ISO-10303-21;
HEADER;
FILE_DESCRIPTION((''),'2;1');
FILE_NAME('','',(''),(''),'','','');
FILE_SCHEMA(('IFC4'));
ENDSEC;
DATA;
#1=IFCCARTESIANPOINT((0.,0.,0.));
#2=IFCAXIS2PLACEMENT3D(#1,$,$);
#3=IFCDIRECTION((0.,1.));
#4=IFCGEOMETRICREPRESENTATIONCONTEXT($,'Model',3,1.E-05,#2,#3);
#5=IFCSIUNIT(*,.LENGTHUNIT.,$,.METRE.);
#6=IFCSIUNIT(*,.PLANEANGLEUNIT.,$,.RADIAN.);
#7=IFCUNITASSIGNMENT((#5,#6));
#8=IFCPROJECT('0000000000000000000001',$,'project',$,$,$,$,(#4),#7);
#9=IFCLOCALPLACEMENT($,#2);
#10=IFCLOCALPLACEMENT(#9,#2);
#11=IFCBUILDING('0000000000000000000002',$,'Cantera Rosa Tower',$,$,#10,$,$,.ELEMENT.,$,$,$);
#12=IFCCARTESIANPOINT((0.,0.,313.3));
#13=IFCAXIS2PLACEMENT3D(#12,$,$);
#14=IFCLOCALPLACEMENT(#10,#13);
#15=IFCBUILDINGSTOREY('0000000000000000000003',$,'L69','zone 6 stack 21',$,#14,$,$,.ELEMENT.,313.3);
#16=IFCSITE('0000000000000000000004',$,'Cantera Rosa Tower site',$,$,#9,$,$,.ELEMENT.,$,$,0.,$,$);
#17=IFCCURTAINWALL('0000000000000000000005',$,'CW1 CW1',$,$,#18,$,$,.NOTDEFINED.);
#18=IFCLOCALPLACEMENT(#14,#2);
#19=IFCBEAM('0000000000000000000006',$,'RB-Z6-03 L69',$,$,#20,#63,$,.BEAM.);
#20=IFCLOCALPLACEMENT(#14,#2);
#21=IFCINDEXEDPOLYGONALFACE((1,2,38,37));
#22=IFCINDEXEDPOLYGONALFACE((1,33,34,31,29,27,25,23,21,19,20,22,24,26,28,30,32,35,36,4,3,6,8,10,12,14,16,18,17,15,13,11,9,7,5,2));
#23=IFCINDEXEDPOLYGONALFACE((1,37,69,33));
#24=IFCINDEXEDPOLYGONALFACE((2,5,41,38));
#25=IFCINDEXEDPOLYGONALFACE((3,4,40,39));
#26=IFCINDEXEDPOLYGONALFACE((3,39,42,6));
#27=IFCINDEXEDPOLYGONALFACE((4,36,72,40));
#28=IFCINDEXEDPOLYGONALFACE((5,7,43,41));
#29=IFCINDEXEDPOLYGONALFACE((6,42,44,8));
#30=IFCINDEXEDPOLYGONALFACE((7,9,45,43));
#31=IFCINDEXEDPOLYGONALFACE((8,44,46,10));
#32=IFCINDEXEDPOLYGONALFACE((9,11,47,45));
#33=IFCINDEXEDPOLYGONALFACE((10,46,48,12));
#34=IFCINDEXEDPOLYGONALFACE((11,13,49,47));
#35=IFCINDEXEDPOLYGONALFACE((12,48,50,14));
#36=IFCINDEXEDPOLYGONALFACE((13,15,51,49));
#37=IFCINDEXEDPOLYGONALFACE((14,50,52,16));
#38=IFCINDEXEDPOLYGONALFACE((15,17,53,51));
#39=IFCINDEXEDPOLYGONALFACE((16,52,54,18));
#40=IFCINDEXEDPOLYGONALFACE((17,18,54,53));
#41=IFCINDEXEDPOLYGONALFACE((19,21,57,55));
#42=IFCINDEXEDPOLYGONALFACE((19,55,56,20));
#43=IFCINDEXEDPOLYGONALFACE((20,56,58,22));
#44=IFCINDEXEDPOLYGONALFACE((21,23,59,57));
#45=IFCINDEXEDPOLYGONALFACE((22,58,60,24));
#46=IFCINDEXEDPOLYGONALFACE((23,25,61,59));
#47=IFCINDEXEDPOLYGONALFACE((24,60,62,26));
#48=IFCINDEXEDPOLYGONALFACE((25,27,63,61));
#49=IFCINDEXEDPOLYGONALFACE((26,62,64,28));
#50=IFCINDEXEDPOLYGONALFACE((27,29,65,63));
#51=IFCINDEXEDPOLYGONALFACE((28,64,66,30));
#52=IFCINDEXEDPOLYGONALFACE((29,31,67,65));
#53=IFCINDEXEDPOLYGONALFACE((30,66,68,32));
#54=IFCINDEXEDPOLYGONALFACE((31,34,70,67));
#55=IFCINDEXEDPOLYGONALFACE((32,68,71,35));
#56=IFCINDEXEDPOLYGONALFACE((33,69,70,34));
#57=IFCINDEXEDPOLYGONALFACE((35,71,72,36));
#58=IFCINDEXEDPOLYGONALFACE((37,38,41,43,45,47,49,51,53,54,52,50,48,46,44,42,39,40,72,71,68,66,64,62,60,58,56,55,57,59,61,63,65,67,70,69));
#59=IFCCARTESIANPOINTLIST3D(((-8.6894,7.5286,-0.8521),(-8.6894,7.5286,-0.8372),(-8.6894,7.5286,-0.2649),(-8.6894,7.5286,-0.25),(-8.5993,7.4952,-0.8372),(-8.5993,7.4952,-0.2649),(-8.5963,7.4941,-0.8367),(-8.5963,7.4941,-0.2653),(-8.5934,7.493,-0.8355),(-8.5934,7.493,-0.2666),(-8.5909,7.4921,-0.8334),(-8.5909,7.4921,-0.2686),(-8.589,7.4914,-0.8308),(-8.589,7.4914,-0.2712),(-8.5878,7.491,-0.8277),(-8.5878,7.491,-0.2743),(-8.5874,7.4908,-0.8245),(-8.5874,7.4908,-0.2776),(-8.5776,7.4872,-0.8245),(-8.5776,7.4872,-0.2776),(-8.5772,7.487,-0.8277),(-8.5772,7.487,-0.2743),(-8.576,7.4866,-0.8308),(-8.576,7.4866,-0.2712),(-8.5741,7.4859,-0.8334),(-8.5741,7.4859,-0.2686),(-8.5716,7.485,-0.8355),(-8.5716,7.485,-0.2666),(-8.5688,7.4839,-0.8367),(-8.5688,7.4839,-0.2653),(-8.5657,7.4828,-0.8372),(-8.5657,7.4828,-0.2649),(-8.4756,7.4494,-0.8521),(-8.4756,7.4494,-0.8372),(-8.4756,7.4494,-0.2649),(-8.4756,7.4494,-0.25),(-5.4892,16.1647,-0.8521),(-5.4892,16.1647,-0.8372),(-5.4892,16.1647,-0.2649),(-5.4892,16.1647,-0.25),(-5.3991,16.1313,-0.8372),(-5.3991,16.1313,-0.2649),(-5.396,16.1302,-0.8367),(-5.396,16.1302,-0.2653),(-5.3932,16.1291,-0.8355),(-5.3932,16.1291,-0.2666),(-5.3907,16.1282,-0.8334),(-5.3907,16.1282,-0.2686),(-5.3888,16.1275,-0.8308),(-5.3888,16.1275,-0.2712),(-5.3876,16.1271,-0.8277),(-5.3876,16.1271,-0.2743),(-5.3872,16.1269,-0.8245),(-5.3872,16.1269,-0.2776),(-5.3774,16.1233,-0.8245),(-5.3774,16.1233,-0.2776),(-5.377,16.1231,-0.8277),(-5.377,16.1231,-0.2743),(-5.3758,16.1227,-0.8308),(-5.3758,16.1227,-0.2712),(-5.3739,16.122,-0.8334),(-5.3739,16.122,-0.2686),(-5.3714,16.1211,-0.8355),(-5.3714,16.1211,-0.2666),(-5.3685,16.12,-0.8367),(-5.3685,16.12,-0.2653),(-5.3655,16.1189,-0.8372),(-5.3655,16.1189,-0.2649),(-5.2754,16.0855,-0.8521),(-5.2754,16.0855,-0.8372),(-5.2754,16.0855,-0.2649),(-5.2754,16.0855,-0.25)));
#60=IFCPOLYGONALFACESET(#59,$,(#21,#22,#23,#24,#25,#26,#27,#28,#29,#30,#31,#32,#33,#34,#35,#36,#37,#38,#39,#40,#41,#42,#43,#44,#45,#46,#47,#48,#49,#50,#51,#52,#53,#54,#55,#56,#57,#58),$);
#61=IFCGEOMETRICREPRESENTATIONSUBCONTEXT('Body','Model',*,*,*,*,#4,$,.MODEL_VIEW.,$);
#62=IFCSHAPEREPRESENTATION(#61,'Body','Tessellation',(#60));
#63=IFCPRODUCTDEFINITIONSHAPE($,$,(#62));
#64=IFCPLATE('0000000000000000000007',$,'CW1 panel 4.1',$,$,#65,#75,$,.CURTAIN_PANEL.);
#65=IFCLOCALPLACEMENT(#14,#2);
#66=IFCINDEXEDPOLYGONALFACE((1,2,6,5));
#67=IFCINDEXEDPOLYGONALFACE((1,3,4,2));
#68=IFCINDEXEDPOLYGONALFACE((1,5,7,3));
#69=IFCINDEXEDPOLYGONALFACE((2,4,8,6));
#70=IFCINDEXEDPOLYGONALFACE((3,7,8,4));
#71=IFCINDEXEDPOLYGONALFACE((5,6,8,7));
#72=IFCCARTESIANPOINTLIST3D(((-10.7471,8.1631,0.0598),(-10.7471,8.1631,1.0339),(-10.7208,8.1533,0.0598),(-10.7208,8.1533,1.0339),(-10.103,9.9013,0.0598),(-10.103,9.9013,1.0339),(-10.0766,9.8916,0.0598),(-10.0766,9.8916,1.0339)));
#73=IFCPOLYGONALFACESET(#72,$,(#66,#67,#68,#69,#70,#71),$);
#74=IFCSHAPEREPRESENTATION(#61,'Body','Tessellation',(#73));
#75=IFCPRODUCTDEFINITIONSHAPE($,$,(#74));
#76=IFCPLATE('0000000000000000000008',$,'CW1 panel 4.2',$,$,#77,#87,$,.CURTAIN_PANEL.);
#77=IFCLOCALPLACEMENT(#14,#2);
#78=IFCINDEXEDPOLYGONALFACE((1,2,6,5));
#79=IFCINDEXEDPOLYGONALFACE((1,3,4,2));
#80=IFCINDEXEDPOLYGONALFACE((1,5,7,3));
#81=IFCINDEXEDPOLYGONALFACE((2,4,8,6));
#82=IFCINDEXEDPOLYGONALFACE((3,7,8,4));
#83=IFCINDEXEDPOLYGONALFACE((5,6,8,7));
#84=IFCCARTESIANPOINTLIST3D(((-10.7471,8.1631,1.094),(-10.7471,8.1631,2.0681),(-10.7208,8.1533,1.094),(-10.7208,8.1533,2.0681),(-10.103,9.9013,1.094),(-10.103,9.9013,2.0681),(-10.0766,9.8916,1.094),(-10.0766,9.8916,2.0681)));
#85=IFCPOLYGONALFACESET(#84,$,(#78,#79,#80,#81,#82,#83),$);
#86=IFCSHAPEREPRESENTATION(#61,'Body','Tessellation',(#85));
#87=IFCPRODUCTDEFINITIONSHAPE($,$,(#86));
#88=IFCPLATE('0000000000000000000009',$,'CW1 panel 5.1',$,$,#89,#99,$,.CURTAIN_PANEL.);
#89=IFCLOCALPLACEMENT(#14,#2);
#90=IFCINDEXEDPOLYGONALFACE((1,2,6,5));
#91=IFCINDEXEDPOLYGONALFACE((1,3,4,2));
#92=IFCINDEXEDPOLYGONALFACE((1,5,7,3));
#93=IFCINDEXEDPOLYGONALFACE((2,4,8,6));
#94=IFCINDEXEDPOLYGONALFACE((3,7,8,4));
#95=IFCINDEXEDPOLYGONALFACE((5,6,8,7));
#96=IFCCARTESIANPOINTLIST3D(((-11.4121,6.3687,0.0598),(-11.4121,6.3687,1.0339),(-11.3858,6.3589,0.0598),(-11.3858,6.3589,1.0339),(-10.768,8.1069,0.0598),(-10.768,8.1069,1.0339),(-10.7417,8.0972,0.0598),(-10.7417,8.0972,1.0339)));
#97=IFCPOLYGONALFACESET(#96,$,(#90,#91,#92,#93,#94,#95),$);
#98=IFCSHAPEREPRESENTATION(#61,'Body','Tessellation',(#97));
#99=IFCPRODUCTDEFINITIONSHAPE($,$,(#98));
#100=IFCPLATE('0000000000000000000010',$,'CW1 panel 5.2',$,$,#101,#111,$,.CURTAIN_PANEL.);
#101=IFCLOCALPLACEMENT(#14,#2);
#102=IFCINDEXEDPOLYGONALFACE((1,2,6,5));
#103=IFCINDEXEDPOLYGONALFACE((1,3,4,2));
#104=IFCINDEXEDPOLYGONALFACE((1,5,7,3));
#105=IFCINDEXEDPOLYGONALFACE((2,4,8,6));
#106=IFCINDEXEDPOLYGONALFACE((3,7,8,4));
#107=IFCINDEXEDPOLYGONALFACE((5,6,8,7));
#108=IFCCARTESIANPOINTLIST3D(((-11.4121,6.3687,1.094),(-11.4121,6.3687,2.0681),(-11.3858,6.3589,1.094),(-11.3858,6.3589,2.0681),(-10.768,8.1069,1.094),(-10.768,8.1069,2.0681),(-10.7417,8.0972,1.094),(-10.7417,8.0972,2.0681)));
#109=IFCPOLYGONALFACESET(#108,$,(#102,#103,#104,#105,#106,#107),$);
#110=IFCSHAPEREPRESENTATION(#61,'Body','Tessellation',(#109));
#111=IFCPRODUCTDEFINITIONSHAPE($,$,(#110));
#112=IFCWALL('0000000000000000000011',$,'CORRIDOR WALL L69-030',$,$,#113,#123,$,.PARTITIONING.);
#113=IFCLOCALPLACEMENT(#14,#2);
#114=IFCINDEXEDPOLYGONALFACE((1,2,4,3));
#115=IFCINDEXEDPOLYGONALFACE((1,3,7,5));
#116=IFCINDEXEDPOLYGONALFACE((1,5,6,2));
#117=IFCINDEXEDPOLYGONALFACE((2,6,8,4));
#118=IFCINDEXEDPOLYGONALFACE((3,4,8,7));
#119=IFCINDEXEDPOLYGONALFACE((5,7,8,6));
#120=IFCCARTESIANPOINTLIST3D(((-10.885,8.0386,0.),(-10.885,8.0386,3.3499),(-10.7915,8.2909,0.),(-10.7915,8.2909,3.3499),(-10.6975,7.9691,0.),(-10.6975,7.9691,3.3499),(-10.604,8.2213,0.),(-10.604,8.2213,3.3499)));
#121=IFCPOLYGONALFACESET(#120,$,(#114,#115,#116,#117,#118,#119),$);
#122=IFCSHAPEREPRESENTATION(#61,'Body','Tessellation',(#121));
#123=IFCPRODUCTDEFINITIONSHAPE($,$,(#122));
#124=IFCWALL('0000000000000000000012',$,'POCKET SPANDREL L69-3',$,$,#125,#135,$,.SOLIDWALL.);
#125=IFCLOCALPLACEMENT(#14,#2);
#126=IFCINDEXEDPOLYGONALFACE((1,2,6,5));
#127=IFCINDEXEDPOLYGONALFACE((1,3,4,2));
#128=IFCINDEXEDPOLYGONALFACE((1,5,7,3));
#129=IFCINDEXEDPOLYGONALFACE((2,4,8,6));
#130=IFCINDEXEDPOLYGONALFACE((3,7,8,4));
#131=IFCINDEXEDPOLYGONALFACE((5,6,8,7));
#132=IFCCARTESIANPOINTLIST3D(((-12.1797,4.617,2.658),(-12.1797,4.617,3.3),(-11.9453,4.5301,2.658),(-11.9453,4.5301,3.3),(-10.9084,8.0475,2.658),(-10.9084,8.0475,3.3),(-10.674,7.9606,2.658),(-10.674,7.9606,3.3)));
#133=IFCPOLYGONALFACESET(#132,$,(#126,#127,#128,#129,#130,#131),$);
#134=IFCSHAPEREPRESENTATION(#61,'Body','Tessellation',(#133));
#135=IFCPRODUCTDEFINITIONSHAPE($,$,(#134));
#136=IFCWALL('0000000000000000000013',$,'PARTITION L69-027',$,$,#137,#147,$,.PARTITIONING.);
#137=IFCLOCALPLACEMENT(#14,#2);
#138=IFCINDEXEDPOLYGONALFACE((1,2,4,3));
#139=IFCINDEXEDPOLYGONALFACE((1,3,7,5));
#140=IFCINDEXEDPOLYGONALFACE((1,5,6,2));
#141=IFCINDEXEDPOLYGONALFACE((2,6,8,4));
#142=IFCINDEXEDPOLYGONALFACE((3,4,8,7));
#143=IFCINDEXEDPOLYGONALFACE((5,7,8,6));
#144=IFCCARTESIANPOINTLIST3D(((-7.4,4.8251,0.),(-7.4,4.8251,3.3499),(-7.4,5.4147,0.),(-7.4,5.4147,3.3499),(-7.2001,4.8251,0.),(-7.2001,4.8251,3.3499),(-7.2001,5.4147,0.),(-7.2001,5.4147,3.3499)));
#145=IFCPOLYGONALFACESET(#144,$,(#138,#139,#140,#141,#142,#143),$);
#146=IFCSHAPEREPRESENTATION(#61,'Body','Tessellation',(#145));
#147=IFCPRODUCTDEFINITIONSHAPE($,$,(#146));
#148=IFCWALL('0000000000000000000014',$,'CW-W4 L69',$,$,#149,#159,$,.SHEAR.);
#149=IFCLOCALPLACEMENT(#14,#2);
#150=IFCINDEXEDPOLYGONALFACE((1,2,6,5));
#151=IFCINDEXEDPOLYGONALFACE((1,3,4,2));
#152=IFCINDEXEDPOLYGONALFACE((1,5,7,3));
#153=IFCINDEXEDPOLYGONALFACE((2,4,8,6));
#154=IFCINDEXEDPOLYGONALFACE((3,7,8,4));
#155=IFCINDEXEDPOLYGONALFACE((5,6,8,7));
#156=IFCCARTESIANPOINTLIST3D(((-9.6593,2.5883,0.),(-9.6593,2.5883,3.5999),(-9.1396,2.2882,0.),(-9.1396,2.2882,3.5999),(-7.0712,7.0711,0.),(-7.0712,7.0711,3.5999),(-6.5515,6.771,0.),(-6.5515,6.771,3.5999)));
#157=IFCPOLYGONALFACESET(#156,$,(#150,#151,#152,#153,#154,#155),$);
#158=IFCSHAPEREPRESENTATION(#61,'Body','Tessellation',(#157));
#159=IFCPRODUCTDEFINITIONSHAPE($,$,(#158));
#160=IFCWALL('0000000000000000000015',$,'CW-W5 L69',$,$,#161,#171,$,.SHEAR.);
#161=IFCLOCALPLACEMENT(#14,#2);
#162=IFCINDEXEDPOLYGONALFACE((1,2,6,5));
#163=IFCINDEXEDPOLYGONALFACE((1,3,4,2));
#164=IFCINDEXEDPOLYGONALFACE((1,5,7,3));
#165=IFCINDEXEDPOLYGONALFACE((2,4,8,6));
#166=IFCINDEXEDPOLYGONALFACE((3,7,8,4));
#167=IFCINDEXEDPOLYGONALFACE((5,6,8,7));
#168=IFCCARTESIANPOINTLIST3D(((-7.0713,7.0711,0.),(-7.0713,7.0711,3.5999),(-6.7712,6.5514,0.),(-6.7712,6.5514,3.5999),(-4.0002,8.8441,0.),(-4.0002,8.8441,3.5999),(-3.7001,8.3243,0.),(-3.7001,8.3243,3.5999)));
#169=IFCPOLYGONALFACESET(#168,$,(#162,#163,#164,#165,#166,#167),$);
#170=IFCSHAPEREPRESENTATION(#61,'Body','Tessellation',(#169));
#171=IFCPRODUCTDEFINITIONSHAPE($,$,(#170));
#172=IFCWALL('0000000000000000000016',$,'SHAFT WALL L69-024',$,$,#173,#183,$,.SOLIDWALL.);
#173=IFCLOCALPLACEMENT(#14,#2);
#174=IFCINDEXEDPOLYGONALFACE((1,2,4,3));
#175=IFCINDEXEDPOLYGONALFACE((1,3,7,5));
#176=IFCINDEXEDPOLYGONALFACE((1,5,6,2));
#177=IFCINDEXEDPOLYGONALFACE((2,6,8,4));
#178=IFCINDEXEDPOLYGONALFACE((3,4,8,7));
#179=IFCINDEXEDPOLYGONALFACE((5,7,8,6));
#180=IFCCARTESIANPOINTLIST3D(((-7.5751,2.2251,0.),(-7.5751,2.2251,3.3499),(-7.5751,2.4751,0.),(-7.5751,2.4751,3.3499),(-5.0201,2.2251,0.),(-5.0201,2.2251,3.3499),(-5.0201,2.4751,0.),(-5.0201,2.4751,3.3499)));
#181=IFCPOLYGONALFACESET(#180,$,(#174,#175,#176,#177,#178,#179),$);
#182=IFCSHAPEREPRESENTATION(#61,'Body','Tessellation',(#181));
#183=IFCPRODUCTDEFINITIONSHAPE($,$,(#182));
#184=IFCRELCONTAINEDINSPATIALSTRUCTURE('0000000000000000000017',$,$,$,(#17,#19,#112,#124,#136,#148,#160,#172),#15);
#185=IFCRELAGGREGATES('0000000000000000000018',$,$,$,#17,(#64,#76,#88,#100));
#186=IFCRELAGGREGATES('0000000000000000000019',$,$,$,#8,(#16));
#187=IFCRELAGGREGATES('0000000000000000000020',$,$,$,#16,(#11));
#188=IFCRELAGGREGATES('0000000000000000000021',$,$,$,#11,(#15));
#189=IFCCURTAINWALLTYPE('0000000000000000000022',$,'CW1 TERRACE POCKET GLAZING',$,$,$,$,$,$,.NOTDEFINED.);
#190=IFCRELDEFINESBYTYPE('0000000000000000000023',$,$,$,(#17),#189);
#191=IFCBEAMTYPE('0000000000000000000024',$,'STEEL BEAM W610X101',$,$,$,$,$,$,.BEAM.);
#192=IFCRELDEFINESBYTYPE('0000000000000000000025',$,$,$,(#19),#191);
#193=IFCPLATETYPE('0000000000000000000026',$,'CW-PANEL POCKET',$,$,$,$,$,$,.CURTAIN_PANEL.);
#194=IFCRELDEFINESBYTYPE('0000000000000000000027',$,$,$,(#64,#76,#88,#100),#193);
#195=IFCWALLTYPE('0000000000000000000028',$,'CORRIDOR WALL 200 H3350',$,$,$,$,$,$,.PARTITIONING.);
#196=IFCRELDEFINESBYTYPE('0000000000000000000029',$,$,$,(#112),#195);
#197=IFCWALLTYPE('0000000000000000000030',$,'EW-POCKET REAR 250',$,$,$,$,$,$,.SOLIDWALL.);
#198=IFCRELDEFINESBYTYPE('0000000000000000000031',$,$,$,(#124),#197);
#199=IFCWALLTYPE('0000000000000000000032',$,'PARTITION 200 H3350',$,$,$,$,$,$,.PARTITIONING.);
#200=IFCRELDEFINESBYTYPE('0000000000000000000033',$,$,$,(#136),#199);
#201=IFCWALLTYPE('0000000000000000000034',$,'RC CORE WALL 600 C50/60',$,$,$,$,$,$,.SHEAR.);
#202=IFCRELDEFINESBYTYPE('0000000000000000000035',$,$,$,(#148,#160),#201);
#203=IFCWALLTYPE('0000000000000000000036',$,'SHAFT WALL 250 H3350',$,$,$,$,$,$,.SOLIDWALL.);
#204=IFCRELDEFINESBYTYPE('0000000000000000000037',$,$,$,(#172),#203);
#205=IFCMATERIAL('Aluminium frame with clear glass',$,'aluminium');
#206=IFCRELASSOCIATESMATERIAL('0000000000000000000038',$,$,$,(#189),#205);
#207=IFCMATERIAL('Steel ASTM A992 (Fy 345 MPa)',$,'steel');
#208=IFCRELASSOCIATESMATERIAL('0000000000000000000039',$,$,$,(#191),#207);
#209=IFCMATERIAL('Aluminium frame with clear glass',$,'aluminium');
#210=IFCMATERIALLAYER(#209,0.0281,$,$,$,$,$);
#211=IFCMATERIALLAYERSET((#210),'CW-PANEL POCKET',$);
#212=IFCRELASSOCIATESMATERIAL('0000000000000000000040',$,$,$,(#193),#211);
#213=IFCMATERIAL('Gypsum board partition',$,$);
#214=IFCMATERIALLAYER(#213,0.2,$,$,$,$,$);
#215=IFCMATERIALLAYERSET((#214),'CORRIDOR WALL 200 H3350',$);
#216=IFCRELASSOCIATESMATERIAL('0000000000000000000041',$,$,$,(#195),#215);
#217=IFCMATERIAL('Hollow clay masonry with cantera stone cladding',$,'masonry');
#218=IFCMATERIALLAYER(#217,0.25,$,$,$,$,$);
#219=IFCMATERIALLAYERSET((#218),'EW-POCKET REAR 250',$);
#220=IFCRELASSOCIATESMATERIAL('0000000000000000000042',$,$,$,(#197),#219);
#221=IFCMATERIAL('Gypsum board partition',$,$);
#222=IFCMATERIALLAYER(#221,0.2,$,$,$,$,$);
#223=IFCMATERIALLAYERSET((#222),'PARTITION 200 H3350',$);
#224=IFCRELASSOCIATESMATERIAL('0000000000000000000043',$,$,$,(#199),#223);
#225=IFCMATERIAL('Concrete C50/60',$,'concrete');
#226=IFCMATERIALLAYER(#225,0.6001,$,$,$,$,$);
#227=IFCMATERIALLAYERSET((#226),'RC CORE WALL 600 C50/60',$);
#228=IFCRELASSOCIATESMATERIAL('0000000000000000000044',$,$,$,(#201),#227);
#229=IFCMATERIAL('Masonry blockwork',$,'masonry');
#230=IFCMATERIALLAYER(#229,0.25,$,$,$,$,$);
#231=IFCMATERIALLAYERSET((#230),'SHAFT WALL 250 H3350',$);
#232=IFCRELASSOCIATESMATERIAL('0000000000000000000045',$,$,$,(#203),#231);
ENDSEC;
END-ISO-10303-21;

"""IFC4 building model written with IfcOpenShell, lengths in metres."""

from ifc_helpers import new_model, si_unit, direction, frame, frame_2d, origin, origin_2d, place, context, subcontext, project, spatial, rectangle, i_section, extrude, material, layer, layer_set, material_profile, profile_set, type_object, element, aggregate, save


model = new_model("IFC4")

# Units and contexts
model_context = context("Model", 3, precision=1e-05, world=origin(), true_north=direction((0.0, 1.0)))
body_context = subcontext(model_context, "Body", "Model", "MODEL_VIEW")
ifc_project = project(units=[si_unit("LENGTHUNIT", "METRE"), si_unit("PLANEANGLEUNIT", "RADIAN")], contexts=[model_context])

# Site, building, storey
site_placement = place(None, origin())
site = spatial("IfcSite", under=ifc_project, at=site_placement, Name="Cantera Rosa Tower site", CompositionType="ELEMENT", RefElevation=0.0)
building_placement = place(site_placement, origin())
building = spatial("IfcBuilding", under=site, at=building_placement, Name="Cantera Rosa Tower", CompositionType="ELEMENT")
storey_placement = place(building_placement, frame((0.0, 0.0, 313.3)))
storey = spatial("IfcBuildingStorey", under=building, at=storey_placement, Name="L69", Description="zone 6 stack 21", CompositionType="ELEMENT", Elevation=313.3)

# Curtain wall
ifc_material_1 = material(Name="Aluminium frame with clear glass", Category="aluminium")
curtain_wall_type = type_object("IfcCurtainWallType", Name="CW1 TERRACE POCKET GLAZING", PredefinedType="NOTDEFINED", material=ifc_material_1)
curtain_wall_placement = place(storey_placement, origin())
curtain_wall = element("IfcCurtainWall", 1, at=curtain_wall_placement, inside=storey, type_object=curtain_wall_type, Name="CW1 CW1", PredefinedType="NOTDEFINED")

# Beam
ifc_material_2 = material(Name="Steel ASTM A992 (Fy 345 MPa)", Category="steel")
ifc_material_profile_1 = material_profile(ifc_material_2, i_section(OverallWidth=0.228, OverallDepth=0.6021, WebThickness=0.0105, FlangeThickness=0.0149, FilletRadius=0.0127, at=origin_2d()), Name="W610X101")
ifc_profile_set_1 = profile_set([ifc_material_profile_1], Name="Steel ASTM A992 (Fy 345 MPa)")
beam_type = type_object("IfcBeamType", Name="STEEL BEAM W610X101", PredefinedType="BEAM", material=ifc_profile_set_1)
beam_placement = place(storey_placement, frame((-8.5825, 7.489, -0.551), z_axis=(0.347475, 0.937689, 0.0), x_axis=(-0.937689, 0.347475, 0.0)))
element("IfcBeam", 2, at=beam_placement, inside=storey, type_object=beam_type, Name="RB-Z6-03 L69", PredefinedType="BEAM", context=body_context, shape_type="SweptSolid", body=[
    extrude(i_section(OverallWidth=0.228, OverallDepth=0.6021, WebThickness=0.0105, FlangeThickness=0.0149, FilletRadius=0.0127, at=origin_2d()), origin(), (0.0, 0.0, 1.0), 9.21),
])

# Plates
ifc_material_3 = material(Name="Aluminium frame with clear glass", Category="aluminium")
ifc_layer_1 = layer(ifc_material_3, 0.0281)
ifc_layer_set_1 = layer_set([ifc_layer_1], Name="CW-PANEL POCKET")
plate_type = type_object("IfcPlateType", Name="CW-PANEL POCKET", PredefinedType="CURTAIN_PANEL", material=ifc_layer_set_1)
plate_1_placement = place(storey_placement, frame((-10.4119, 9.0273, 0.0598), z_axis=(0.0, 0.0, 1.0), x_axis=(-0.347481, -0.937687, 0.0)))
plate_1 = element("IfcPlate", 3, at=plate_1_placement, type_object=plate_type, Name="CW1 panel 4.1", PredefinedType="CURTAIN_PANEL", context=body_context, shape_type="SweptSolid", body=[
    extrude(rectangle(XDim=1.8538, YDim=0.0281, at=origin_2d()), origin(), (0.0, 0.0, 1.0), 0.9741),
])
plate_2_placement = place(storey_placement, frame((-10.4119, 9.0273, 1.094), z_axis=(0.0, 0.0, 1.0), x_axis=(-0.347481, -0.937687, 0.0)))
plate_2 = element("IfcPlate", 4, at=plate_2_placement, type_object=plate_type, Name="CW1 panel 4.2", PredefinedType="CURTAIN_PANEL", context=body_context, shape_type="SweptSolid", body=[
    extrude(rectangle(XDim=1.8538, YDim=0.0281, at=origin_2d()), origin(), (0.0, 0.0, 1.0), 0.9741),
])
plate_3_placement = place(storey_placement, frame((-11.0769, 7.2329, 0.0598), z_axis=(0.0, 0.0, 1.0), x_axis=(-0.347481, -0.937687, 0.0)))
plate_3 = element("IfcPlate", 5, at=plate_3_placement, type_object=plate_type, Name="CW1 panel 5.1", PredefinedType="CURTAIN_PANEL", context=body_context, shape_type="SweptSolid", body=[
    extrude(rectangle(XDim=1.8538, YDim=0.0281, at=origin_2d()), origin(), (0.0, 0.0, 1.0), 0.9741),
])
plate_4_placement = place(storey_placement, frame((-11.0769, 7.2329, 1.094), z_axis=(0.0, 0.0, 1.0), x_axis=(-0.347481, -0.937687, 0.0)))
plate_4 = element("IfcPlate", 6, at=plate_4_placement, type_object=plate_type, Name="CW1 panel 5.2", PredefinedType="CURTAIN_PANEL", context=body_context, shape_type="SweptSolid", body=[
    extrude(rectangle(XDim=1.8538, YDim=0.0281, at=origin_2d()), origin(), (0.0, 0.0, 1.0), 0.9741),
])
aggregate(curtain_wall, [plate_1, plate_2, plate_3, plate_4])

# Walls
ifc_material_4 = material(Name="Gypsum board partition")
ifc_layer_2 = layer(ifc_material_4, 0.2)
ifc_layer_set_2 = layer_set([ifc_layer_2], Name="CORRIDOR WALL 200 H3350")
wall_type_1 = type_object("IfcWallType", Name="CORRIDOR WALL 200 H3350", PredefinedType="PARTITIONING", material=ifc_layer_set_2)
wall_1_placement = place(storey_placement, frame((-10.6978, 8.2561, 0.0), z_axis=(0.0, 0.0, 1.0), x_axis=(-0.34764, -0.937628, 0.0)))
element("IfcWall", 7, at=wall_1_placement, inside=storey, type_object=wall_type_1, Name="CORRIDOR WALL L69-030", PredefinedType="PARTITIONING", context=body_context, shape_type="SweptSolid", body=[
    extrude(rectangle(XDim=0.269, YDim=0.2, at=frame_2d((0.1345, 0.0))), origin(), (0.0, 0.0, 1.0), 3.3499),
])
ifc_material_5 = material(Name="Hollow clay masonry with cantera stone cladding", Category="masonry")
ifc_layer_3 = layer(ifc_material_5, 0.25)
ifc_layer_set_3 = layer_set([ifc_layer_3], Name="EW-POCKET REAR 250")
wall_type_2 = type_object("IfcWallType", Name="EW-POCKET REAR 250", PredefinedType="SOLIDWALL", material=ifc_layer_set_3)
wall_2_placement = place(storey_placement, frame((-10.7913, 8.0039, 2.658), z_axis=(0.0, 0.0, 1.0), x_axis=(-0.347486, -0.937685, 0.0)))
element("IfcWall", 8, at=wall_2_placement, inside=storey, type_object=wall_type_2, Name="POCKET SPANDREL L69-3", PredefinedType="SOLIDWALL", context=body_context, shape_type="SweptSolid", body=[
    extrude(rectangle(XDim=3.6584, YDim=0.25, at=frame_2d((1.8291, 0.0))), origin(), (0.0, 0.0, 1.0), 0.6421),
])
ifc_material_6 = material(Name="Gypsum board partition")
ifc_layer_4 = layer(ifc_material_6, 0.2)
ifc_layer_set_4 = layer_set([ifc_layer_4], Name="PARTITION 200 H3350")
wall_type_3 = type_object("IfcWallType", Name="PARTITION 200 H3350", PredefinedType="PARTITIONING", material=ifc_layer_set_4)
wall_3_placement = place(storey_placement, frame((-7.3, 4.825, 0.0), z_axis=(0.0, 0.0, 1.0), x_axis=(0.0, 1.0, 0.0)))
element("IfcWall", 9, at=wall_3_placement, inside=storey, type_object=wall_type_3, Name="PARTITION L69-027", PredefinedType="PARTITIONING", context=body_context, shape_type="SweptSolid", body=[
    extrude(rectangle(XDim=0.5896, YDim=0.2, at=frame_2d((0.2949, 0.0))), origin(), (0.0, 0.0, 1.0), 3.3499),
])
ifc_material_7 = material(Name="Concrete C50/60", Category="concrete")
ifc_layer_5 = layer(ifc_material_7, 0.6001)
ifc_layer_set_5 = layer_set([ifc_layer_5], Name="RC CORE WALL 600 C50/60")
wall_type_4 = type_object("IfcWallType", Name="RC CORE WALL 600 C50/60", PredefinedType="SHEAR", material=ifc_layer_set_5)
wall_4_placement = place(storey_placement, frame((-9.3994, 2.4382, 0.0), z_axis=(0.0, 0.0, 1.0), x_axis=(0.499989, 0.866032, 0.0)))
element("IfcWall", 10, at=wall_4_placement, inside=storey, type_object=wall_type_4, Name="CW-W4 L69", PredefinedType="SHEAR", context=body_context, shape_type="SweptSolid", body=[
    extrude(rectangle(XDim=5.1763, YDim=0.6001, at=frame_2d((2.5881, 0.0))), origin(), (0.0, 0.0, 1.0), 3.5999),
])
wall_5_placement = place(storey_placement, frame((-6.9211, 6.8113, 0.0), z_axis=(0.0, 0.0, 1.0), x_axis=(0.86604, 0.499975, 0.0)))
element("IfcWall", 11, at=wall_5_placement, inside=storey, type_object=wall_type_4, Name="CW-W5 L69", PredefinedType="SHEAR", context=body_context, shape_type="SweptSolid", body=[
    extrude(rectangle(XDim=3.5461, YDim=0.6001, at=frame_2d((1.7729, 0.0))), origin(), (0.0, 0.0, 1.0), 3.5999),
])
ifc_material_8 = material(Name="Masonry blockwork", Category="masonry")
ifc_layer_6 = layer(ifc_material_8, 0.25)
ifc_layer_set_6 = layer_set([ifc_layer_6], Name="SHAFT WALL 250 H3350")
wall_type_5 = type_object("IfcWallType", Name="SHAFT WALL 250 H3350", PredefinedType="SOLIDWALL", material=ifc_layer_set_6)
wall_6_placement = place(storey_placement, frame((-7.575, 2.3501, 0.0), z_axis=(0.0, 0.0, 1.0), x_axis=(1.0, 0.0, 0.0)))
element("IfcWall", 12, at=wall_6_placement, inside=storey, type_object=wall_type_5, Name="SHAFT WALL L69-024", PredefinedType="SOLIDWALL", context=body_context, shape_type="SweptSolid", body=[
    extrude(rectangle(XDim=2.5549, YDim=0.25, at=frame_2d((1.2773, 0.0))), origin(), (0.0, 0.0, 1.0), 3.3499),
])

save(model, "model.ifc")
